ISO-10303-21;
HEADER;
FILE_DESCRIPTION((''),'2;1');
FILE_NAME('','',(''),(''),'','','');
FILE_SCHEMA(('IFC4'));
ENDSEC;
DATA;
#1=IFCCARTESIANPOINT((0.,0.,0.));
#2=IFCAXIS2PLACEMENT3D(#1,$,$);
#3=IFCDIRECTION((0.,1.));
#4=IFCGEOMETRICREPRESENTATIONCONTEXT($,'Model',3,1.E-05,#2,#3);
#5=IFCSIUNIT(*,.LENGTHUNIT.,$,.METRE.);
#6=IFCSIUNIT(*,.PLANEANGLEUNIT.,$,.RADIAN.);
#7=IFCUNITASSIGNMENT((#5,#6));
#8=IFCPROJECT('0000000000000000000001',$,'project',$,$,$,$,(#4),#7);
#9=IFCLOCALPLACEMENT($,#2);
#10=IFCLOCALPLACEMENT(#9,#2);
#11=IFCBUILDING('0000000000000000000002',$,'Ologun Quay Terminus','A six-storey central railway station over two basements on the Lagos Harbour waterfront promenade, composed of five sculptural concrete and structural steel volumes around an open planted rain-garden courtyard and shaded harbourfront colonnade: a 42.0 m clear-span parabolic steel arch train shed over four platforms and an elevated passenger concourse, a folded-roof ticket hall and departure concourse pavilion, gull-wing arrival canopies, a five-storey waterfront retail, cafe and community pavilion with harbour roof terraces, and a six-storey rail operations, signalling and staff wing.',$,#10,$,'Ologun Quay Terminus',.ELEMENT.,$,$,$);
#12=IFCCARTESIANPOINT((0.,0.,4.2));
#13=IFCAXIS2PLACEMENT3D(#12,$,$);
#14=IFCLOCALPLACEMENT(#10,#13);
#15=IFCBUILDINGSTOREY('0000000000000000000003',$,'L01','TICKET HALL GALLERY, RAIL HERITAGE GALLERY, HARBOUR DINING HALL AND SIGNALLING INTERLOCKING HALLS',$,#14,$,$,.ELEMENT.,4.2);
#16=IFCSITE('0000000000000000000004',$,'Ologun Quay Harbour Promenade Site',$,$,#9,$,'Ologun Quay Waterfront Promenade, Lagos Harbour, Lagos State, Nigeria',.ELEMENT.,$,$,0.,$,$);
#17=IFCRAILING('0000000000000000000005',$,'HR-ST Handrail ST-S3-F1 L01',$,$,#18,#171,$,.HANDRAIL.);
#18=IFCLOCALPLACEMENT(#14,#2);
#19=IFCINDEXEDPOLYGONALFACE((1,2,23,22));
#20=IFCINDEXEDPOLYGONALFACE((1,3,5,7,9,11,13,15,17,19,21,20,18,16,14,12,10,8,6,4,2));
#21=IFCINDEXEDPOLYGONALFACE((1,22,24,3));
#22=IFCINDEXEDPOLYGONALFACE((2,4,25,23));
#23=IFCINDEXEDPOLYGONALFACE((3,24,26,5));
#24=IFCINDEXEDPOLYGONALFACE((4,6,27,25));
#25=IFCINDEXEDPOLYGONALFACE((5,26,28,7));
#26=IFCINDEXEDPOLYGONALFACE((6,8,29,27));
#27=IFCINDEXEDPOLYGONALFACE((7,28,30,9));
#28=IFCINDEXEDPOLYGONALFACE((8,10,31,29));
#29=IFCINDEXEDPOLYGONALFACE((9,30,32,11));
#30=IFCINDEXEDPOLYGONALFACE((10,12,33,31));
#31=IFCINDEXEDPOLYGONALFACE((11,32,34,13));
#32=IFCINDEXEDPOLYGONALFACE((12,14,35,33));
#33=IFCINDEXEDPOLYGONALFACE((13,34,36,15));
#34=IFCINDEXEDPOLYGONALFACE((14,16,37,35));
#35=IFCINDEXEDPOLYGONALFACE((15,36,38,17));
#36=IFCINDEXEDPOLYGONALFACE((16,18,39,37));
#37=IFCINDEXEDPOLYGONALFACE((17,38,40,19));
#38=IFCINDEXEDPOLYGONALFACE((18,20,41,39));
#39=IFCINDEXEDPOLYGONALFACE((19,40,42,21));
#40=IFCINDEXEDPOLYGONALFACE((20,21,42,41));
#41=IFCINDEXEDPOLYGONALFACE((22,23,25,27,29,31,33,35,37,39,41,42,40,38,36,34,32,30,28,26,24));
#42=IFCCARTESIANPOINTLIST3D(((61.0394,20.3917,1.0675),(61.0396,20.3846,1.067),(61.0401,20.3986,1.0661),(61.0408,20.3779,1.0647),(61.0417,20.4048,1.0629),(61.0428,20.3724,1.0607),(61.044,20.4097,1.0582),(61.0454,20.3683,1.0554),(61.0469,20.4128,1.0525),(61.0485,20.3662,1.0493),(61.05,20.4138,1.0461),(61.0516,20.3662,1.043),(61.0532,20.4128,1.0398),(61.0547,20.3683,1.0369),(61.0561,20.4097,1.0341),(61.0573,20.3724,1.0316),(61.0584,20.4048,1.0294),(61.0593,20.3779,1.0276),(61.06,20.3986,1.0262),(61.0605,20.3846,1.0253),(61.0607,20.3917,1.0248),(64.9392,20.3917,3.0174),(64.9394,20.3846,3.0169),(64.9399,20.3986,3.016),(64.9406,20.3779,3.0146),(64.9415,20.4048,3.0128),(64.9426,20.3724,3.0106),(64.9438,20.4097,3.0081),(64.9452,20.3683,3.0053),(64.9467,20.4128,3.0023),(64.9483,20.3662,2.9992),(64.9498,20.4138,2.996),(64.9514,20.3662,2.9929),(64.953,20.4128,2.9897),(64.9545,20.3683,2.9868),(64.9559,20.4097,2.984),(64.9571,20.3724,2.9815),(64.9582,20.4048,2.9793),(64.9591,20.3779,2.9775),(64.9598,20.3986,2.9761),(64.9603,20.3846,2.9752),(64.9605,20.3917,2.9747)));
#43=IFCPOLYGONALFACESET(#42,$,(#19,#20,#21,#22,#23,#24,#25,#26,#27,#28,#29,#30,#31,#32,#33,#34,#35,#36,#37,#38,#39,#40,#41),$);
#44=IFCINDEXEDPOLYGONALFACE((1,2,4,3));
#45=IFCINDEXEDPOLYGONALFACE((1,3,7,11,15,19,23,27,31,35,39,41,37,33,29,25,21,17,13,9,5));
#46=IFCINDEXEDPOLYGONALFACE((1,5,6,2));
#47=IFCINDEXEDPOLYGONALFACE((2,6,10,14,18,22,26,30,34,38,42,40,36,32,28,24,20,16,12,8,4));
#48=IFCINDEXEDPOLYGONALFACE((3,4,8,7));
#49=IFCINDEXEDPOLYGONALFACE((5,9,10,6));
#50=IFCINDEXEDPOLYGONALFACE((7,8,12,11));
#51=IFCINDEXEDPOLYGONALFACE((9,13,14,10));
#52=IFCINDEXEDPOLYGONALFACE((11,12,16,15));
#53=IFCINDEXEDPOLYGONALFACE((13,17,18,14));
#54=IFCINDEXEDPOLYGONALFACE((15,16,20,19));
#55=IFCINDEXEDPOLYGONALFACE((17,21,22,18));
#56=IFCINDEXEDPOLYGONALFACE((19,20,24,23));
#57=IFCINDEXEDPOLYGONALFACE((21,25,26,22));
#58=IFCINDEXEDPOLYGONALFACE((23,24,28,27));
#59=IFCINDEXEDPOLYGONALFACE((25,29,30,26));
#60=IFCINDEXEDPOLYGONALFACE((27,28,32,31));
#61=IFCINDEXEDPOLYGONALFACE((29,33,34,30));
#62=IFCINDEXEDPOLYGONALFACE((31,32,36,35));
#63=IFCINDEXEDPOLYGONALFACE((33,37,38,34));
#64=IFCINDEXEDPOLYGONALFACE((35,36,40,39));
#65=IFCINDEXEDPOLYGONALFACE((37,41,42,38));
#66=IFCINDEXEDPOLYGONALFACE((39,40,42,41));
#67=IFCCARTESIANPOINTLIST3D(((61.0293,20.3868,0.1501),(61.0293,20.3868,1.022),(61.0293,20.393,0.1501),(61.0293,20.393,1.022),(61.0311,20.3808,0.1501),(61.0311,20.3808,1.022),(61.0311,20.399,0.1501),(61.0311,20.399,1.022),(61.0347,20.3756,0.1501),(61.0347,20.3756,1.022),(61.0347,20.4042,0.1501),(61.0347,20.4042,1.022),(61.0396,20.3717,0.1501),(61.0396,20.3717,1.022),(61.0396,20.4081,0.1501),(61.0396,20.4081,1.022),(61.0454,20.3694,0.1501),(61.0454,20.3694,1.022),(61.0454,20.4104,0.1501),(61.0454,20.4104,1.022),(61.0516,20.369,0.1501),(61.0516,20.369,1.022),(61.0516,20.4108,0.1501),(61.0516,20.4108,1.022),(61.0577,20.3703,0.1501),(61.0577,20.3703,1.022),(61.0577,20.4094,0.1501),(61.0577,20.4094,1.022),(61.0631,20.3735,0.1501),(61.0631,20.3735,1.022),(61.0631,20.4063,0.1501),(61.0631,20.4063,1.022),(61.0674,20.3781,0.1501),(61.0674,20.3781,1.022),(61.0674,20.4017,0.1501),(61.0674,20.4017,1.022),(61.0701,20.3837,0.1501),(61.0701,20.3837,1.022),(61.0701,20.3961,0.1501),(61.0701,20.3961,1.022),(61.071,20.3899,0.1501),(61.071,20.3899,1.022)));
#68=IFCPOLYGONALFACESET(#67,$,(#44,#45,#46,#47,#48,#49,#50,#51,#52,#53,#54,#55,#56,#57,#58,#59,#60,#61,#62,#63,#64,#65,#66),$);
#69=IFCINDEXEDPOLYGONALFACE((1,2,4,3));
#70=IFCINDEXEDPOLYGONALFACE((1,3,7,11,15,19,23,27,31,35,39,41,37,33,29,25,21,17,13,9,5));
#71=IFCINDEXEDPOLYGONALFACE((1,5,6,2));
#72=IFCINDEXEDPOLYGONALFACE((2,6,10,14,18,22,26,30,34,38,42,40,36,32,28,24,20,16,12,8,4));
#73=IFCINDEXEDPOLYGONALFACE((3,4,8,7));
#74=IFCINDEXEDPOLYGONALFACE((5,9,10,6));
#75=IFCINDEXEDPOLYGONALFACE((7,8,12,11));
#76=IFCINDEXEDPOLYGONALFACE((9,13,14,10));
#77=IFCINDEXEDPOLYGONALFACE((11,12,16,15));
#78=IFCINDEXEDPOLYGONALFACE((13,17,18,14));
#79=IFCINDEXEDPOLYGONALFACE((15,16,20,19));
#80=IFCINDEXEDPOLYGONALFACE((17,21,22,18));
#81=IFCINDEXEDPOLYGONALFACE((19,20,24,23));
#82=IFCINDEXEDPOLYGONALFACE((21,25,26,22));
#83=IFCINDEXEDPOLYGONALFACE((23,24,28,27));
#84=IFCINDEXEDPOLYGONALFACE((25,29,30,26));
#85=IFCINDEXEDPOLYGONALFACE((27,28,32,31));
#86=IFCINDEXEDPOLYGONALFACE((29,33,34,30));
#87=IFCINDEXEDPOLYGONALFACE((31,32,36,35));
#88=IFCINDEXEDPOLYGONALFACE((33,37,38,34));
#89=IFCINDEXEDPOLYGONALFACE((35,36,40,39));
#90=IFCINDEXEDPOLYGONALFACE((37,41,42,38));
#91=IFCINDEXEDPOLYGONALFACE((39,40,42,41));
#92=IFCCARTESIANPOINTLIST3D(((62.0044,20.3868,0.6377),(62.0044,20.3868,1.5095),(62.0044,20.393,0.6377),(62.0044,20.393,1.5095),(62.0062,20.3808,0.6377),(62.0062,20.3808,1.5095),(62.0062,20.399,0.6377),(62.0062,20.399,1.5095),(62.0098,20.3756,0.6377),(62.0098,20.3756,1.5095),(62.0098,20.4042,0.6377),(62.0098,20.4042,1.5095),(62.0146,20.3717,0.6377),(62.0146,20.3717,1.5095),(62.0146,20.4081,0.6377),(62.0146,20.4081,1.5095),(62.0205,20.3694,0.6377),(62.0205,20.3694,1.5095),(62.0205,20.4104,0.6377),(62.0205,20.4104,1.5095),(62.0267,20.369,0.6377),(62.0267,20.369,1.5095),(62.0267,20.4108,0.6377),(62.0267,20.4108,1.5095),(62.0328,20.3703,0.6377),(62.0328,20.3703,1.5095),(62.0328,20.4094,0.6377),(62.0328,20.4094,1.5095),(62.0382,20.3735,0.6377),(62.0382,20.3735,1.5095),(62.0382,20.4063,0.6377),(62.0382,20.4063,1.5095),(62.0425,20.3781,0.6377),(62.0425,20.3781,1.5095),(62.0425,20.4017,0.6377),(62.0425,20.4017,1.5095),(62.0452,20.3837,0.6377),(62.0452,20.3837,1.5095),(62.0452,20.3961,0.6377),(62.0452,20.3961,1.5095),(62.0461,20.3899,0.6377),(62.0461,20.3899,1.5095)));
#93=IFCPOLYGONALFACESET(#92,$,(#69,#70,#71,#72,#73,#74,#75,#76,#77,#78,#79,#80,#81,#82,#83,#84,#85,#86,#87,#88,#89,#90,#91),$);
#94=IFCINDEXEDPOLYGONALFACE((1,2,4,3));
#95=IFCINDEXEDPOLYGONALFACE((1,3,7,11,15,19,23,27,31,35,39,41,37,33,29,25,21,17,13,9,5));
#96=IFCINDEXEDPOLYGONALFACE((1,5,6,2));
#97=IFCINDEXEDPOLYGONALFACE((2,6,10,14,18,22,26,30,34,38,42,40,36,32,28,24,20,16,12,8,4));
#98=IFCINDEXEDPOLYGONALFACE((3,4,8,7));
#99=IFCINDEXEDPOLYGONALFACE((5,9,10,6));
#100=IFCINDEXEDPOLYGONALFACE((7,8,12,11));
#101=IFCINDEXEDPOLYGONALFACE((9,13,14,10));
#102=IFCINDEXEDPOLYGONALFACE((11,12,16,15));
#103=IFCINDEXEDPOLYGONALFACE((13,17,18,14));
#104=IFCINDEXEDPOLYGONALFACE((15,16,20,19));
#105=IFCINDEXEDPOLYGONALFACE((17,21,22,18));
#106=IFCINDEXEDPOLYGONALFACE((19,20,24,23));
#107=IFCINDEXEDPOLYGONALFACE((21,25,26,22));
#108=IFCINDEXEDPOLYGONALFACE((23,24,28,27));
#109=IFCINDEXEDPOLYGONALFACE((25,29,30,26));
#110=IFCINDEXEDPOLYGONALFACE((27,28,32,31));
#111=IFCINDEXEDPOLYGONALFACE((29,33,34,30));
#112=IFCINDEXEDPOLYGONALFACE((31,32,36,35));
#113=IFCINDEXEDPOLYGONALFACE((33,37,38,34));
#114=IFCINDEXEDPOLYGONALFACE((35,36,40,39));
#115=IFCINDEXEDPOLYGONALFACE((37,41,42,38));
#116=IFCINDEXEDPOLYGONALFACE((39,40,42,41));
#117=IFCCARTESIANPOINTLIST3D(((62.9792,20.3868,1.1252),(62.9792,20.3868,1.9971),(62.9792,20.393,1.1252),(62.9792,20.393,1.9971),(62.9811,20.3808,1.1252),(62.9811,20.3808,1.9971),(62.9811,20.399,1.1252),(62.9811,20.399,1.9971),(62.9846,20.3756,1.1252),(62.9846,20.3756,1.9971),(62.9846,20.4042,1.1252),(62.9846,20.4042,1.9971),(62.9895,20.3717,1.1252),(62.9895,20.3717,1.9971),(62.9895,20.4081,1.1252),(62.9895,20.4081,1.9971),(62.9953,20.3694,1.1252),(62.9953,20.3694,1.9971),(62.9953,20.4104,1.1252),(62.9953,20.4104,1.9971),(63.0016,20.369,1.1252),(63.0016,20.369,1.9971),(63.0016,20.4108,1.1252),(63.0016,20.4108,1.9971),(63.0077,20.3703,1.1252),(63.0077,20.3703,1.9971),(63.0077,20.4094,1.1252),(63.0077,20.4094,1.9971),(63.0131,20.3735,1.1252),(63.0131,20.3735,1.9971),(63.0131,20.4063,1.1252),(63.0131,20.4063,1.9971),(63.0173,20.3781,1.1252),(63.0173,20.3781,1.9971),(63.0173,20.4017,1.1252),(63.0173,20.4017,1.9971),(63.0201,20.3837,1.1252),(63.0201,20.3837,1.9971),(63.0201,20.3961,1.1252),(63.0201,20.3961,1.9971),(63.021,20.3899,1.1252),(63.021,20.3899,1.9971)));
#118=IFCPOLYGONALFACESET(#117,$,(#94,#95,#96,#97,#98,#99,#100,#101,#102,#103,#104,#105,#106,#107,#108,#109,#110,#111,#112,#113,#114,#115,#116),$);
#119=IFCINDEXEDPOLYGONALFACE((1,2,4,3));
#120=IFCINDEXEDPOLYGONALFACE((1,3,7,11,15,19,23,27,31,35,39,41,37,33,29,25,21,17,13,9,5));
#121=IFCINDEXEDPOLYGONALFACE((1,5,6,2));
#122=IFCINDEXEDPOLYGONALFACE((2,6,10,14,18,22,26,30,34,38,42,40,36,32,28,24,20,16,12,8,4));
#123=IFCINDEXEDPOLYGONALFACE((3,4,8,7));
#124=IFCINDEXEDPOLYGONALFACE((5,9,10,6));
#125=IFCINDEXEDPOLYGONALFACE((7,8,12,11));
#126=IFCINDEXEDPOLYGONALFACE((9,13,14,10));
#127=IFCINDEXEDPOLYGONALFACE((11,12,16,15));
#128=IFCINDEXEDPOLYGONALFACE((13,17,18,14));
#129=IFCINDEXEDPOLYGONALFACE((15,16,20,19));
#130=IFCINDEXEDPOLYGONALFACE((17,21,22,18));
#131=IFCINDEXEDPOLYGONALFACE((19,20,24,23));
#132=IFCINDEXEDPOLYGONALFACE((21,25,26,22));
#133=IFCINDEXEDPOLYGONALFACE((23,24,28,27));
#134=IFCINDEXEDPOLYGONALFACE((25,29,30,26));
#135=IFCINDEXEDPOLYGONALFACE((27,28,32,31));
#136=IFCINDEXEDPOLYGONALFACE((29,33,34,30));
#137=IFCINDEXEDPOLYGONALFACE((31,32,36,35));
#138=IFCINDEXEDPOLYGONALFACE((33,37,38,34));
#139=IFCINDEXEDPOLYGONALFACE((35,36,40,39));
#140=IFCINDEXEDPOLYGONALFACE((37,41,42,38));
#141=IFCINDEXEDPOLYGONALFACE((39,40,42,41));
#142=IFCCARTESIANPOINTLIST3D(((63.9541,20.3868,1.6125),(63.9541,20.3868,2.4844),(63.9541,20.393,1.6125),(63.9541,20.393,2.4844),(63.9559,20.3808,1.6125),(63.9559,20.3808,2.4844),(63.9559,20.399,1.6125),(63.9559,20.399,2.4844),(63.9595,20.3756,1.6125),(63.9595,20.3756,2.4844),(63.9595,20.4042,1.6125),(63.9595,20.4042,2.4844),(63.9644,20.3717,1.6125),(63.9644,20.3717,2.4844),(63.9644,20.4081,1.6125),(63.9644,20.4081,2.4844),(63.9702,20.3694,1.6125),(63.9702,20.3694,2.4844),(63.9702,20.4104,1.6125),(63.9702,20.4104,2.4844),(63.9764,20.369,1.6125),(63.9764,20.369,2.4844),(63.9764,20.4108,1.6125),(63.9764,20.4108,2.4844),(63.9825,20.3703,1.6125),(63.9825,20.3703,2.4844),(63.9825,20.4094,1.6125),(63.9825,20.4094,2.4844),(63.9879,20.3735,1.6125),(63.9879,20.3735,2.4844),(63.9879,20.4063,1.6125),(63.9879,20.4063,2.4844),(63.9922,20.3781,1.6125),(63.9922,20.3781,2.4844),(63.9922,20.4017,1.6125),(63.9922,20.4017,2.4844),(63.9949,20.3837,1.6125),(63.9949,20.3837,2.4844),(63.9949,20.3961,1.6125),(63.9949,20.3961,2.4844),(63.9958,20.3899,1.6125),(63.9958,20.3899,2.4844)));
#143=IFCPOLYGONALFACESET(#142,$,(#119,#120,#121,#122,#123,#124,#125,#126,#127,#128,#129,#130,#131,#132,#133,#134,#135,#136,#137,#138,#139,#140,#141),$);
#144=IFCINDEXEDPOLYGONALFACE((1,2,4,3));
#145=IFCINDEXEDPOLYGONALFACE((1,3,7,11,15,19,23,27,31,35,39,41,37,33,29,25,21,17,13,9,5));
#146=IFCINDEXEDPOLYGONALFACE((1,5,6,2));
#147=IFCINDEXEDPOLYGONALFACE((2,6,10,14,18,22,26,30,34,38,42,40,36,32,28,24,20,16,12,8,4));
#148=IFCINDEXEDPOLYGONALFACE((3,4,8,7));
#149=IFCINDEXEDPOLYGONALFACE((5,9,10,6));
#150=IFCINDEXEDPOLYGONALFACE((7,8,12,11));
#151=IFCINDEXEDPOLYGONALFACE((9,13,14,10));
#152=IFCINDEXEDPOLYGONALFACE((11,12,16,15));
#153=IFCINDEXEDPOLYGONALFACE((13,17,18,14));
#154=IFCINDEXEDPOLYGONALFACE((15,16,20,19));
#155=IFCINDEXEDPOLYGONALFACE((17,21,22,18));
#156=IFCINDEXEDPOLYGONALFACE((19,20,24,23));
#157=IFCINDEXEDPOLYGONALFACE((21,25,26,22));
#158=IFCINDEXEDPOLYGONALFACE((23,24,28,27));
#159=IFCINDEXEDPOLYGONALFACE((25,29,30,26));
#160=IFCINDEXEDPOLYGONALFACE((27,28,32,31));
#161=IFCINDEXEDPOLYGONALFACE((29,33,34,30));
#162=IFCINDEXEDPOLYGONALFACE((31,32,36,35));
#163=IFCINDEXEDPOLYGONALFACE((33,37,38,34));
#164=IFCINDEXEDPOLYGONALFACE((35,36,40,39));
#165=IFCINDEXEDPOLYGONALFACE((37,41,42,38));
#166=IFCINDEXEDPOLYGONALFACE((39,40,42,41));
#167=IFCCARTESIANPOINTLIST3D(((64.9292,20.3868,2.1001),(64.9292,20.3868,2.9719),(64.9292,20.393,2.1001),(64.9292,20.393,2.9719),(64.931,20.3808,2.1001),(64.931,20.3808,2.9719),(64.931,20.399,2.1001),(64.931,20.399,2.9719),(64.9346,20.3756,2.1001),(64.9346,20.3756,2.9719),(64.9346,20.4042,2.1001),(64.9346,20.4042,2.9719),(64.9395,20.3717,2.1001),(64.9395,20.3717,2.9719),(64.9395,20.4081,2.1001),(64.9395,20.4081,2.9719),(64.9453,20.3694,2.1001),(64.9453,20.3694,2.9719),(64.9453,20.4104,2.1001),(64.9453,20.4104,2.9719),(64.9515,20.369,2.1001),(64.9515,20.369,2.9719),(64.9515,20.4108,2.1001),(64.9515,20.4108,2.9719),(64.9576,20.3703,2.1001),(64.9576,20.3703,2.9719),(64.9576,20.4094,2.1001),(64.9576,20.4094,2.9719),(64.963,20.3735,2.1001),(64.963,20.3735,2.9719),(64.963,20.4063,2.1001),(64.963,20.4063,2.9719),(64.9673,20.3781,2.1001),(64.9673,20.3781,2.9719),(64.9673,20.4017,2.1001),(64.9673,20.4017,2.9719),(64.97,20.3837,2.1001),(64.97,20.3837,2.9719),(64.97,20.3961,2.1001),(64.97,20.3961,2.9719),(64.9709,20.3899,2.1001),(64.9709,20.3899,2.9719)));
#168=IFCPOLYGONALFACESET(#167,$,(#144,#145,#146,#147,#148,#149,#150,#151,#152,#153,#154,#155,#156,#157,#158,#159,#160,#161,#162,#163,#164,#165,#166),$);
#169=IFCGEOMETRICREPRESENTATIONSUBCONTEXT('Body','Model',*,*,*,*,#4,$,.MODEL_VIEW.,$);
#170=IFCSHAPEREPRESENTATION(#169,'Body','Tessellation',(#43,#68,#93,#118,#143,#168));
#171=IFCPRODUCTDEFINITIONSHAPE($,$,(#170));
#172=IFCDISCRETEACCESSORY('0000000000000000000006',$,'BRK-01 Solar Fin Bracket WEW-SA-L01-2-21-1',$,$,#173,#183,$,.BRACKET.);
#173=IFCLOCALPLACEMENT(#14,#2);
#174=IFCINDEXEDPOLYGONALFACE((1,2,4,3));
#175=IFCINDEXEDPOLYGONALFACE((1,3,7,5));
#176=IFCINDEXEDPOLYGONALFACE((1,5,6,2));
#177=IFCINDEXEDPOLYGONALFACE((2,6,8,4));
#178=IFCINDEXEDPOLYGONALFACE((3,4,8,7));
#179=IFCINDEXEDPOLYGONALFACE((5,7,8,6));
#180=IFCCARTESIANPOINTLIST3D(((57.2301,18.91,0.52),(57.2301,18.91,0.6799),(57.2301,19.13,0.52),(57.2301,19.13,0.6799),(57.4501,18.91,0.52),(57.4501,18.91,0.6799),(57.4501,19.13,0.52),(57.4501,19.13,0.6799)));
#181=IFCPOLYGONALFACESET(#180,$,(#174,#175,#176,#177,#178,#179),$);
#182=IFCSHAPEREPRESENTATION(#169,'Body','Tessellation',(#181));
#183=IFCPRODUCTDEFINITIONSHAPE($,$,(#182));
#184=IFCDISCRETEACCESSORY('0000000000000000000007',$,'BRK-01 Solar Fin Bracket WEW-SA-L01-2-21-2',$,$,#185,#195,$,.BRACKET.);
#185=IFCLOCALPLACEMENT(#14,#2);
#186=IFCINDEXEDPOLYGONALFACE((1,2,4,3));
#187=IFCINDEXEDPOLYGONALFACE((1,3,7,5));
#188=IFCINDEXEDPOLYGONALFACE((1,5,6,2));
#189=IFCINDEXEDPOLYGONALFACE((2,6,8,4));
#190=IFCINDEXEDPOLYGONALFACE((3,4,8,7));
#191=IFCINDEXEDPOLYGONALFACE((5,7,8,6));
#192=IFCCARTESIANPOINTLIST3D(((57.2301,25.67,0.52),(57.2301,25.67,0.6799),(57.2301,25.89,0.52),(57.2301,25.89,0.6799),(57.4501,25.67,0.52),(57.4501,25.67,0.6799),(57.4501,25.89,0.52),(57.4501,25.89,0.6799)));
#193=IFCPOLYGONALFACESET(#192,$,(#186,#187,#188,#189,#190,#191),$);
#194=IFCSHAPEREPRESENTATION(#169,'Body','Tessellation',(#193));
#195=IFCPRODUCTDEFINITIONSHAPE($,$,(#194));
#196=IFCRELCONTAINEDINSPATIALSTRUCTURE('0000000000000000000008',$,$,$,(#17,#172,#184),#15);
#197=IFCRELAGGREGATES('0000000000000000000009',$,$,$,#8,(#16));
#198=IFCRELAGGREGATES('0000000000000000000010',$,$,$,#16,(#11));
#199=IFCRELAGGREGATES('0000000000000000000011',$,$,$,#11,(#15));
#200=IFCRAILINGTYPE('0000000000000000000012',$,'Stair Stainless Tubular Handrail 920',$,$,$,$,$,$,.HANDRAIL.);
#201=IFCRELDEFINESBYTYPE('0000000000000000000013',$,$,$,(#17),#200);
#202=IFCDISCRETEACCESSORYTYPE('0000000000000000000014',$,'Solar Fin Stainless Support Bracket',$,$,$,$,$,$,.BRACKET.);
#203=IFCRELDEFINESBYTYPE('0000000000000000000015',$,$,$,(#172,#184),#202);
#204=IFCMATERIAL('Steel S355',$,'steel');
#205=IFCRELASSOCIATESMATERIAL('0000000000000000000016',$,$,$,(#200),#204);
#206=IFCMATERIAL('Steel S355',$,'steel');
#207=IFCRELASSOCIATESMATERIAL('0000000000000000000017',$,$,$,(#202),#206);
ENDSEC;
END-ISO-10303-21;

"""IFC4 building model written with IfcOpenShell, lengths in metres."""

from ifc_helpers import new_model, si_unit, direction, frame, origin, origin_2d, place, context, subcontext, project, spatial, rectangle, circle, extrude, material, type_object, element, save


model = new_model("IFC4")

# Units and contexts
model_context = context("Model", 3, precision=1e-05, world=origin(), true_north=direction((0.0, 1.0)))
body_context = subcontext(model_context, "Body", "Model", "MODEL_VIEW")
ifc_project = project(units=[si_unit("LENGTHUNIT", "METRE"), si_unit("PLANEANGLEUNIT", "RADIAN")], contexts=[model_context])

# Site, building, storey
site_placement = place(None, origin())
site = spatial("IfcSite", under=ifc_project, at=site_placement, Name="Ologun Quay Harbour Promenade Site", LongName="Ologun Quay Waterfront Promenade, Lagos Harbour, Lagos State, Nigeria", CompositionType="ELEMENT", RefElevation=0.0)
building_placement = place(site_placement, origin())
building = spatial("IfcBuilding", under=site, at=building_placement, Name="Ologun Quay Terminus", Description="A six-storey central railway station over two basements on the Lagos Harbour waterfront promenade, composed of five sculptural concrete and structural steel volumes around an open planted rain-garden courtyard and shaded harbourfront colonnade: a 42.0 m clear-span parabolic steel arch train shed over four platforms and an elevated passenger concourse, a folded-roof ticket hall and departure concourse pavilion, gull-wing arrival canopies, a five-storey waterfront retail, cafe and community pavilion with harbour roof terraces, and a six-storey rail operations, signalling and staff wing.", LongName="Ologun Quay Terminus", CompositionType="ELEMENT")
storey_placement = place(building_placement, frame((0.0, 0.0, 4.2)))
storey = spatial("IfcBuildingStorey", under=building, at=storey_placement, Name="L01", Description="TICKET HALL GALLERY, RAIL HERITAGE GALLERY, HARBOUR DINING HALL AND SIGNALLING INTERLOCKING HALLS", CompositionType="ELEMENT", Elevation=4.2)

# Railing
ifc_material_1 = material(Name="Steel S355", Category="steel")
railing_type_1 = type_object("IfcRailingType", Name="Stair Stainless Tubular Handrail 920", PredefinedType="HANDRAIL", material=ifc_material_1)
railing_1_placement = place(storey_placement, frame((61.05, 20.3899, 0.1501)))
element("IfcRailing", 1, at=railing_1_placement, inside=storey, type_object=railing_type_1, Name="HR-ST Handrail ST-S3-F1 L01", PredefinedType="HANDRAIL", context=body_context, shape_type="SweptSolid", body=[
    extrude(circle(Radius=0.0239, at=origin_2d()), frame((0.0, 0.0, 0.896), z_axis=(0.894427, 0.0, 0.447214), x_axis=(0.0, 1.0, 0.0)), (0.0, 0.0, 1.0), 4.3601),
    extrude(circle(Radius=0.021, at=origin_2d()), origin(), (0.0, 0.0, 1.0), 0.8718),
    extrude(circle(Radius=0.021, at=origin_2d()), frame((0.9751, 0.0, 0.4875)), (0.0, 0.0, 1.0), 0.8718),
    extrude(circle(Radius=0.021, at=origin_2d()), frame((1.95, 0.0, 0.9751)), (0.0, 0.0, 1.0), 0.8718),
    extrude(circle(Radius=0.021, at=origin_2d()), frame((2.9248, 0.0, 1.4624)), (0.0, 0.0, 1.0), 0.8718),
    extrude(circle(Radius=0.021, at=origin_2d()), frame((3.8999, 0.0, 1.95)), (0.0, 0.0, 1.0), 0.8718),
])

# Discrete accessories
ifc_material_2 = material(Name="Steel S355", Category="steel")
discrete_accessory_type = type_object("IfcDiscreteAccessoryType", Name="Solar Fin Stainless Support Bracket", PredefinedType="BRACKET", material=ifc_material_2)
for number, where, z_axis, x_axis, name in (
    (2, (57.3401, 19.02, 0.52), (0.0, 0.0, 1.0), (1.0, 0.0, 0.0), "BRK-01 Solar Fin Bracket WEW-SA-L01-2-21-1"),
    (3, (57.3401, 25.78, 0.52), (0.0, 0.0, 1.0), (1.0, 0.0, 0.0), "BRK-01 Solar Fin Bracket WEW-SA-L01-2-21-2"),
):
    element("IfcDiscreteAccessory", number, at=place(storey_placement, frame(where, z_axis=z_axis, x_axis=x_axis)), inside=storey, type_object=discrete_accessory_type, Name=name, PredefinedType="BRACKET", context=body_context, shape_type="SweptSolid", body=[
        extrude(rectangle(XDim=0.22, YDim=0.22, at=origin_2d()), origin(), (0.0, 0.0, 1.0), 0.1599),
    ])

save(model, "model.ifc")
